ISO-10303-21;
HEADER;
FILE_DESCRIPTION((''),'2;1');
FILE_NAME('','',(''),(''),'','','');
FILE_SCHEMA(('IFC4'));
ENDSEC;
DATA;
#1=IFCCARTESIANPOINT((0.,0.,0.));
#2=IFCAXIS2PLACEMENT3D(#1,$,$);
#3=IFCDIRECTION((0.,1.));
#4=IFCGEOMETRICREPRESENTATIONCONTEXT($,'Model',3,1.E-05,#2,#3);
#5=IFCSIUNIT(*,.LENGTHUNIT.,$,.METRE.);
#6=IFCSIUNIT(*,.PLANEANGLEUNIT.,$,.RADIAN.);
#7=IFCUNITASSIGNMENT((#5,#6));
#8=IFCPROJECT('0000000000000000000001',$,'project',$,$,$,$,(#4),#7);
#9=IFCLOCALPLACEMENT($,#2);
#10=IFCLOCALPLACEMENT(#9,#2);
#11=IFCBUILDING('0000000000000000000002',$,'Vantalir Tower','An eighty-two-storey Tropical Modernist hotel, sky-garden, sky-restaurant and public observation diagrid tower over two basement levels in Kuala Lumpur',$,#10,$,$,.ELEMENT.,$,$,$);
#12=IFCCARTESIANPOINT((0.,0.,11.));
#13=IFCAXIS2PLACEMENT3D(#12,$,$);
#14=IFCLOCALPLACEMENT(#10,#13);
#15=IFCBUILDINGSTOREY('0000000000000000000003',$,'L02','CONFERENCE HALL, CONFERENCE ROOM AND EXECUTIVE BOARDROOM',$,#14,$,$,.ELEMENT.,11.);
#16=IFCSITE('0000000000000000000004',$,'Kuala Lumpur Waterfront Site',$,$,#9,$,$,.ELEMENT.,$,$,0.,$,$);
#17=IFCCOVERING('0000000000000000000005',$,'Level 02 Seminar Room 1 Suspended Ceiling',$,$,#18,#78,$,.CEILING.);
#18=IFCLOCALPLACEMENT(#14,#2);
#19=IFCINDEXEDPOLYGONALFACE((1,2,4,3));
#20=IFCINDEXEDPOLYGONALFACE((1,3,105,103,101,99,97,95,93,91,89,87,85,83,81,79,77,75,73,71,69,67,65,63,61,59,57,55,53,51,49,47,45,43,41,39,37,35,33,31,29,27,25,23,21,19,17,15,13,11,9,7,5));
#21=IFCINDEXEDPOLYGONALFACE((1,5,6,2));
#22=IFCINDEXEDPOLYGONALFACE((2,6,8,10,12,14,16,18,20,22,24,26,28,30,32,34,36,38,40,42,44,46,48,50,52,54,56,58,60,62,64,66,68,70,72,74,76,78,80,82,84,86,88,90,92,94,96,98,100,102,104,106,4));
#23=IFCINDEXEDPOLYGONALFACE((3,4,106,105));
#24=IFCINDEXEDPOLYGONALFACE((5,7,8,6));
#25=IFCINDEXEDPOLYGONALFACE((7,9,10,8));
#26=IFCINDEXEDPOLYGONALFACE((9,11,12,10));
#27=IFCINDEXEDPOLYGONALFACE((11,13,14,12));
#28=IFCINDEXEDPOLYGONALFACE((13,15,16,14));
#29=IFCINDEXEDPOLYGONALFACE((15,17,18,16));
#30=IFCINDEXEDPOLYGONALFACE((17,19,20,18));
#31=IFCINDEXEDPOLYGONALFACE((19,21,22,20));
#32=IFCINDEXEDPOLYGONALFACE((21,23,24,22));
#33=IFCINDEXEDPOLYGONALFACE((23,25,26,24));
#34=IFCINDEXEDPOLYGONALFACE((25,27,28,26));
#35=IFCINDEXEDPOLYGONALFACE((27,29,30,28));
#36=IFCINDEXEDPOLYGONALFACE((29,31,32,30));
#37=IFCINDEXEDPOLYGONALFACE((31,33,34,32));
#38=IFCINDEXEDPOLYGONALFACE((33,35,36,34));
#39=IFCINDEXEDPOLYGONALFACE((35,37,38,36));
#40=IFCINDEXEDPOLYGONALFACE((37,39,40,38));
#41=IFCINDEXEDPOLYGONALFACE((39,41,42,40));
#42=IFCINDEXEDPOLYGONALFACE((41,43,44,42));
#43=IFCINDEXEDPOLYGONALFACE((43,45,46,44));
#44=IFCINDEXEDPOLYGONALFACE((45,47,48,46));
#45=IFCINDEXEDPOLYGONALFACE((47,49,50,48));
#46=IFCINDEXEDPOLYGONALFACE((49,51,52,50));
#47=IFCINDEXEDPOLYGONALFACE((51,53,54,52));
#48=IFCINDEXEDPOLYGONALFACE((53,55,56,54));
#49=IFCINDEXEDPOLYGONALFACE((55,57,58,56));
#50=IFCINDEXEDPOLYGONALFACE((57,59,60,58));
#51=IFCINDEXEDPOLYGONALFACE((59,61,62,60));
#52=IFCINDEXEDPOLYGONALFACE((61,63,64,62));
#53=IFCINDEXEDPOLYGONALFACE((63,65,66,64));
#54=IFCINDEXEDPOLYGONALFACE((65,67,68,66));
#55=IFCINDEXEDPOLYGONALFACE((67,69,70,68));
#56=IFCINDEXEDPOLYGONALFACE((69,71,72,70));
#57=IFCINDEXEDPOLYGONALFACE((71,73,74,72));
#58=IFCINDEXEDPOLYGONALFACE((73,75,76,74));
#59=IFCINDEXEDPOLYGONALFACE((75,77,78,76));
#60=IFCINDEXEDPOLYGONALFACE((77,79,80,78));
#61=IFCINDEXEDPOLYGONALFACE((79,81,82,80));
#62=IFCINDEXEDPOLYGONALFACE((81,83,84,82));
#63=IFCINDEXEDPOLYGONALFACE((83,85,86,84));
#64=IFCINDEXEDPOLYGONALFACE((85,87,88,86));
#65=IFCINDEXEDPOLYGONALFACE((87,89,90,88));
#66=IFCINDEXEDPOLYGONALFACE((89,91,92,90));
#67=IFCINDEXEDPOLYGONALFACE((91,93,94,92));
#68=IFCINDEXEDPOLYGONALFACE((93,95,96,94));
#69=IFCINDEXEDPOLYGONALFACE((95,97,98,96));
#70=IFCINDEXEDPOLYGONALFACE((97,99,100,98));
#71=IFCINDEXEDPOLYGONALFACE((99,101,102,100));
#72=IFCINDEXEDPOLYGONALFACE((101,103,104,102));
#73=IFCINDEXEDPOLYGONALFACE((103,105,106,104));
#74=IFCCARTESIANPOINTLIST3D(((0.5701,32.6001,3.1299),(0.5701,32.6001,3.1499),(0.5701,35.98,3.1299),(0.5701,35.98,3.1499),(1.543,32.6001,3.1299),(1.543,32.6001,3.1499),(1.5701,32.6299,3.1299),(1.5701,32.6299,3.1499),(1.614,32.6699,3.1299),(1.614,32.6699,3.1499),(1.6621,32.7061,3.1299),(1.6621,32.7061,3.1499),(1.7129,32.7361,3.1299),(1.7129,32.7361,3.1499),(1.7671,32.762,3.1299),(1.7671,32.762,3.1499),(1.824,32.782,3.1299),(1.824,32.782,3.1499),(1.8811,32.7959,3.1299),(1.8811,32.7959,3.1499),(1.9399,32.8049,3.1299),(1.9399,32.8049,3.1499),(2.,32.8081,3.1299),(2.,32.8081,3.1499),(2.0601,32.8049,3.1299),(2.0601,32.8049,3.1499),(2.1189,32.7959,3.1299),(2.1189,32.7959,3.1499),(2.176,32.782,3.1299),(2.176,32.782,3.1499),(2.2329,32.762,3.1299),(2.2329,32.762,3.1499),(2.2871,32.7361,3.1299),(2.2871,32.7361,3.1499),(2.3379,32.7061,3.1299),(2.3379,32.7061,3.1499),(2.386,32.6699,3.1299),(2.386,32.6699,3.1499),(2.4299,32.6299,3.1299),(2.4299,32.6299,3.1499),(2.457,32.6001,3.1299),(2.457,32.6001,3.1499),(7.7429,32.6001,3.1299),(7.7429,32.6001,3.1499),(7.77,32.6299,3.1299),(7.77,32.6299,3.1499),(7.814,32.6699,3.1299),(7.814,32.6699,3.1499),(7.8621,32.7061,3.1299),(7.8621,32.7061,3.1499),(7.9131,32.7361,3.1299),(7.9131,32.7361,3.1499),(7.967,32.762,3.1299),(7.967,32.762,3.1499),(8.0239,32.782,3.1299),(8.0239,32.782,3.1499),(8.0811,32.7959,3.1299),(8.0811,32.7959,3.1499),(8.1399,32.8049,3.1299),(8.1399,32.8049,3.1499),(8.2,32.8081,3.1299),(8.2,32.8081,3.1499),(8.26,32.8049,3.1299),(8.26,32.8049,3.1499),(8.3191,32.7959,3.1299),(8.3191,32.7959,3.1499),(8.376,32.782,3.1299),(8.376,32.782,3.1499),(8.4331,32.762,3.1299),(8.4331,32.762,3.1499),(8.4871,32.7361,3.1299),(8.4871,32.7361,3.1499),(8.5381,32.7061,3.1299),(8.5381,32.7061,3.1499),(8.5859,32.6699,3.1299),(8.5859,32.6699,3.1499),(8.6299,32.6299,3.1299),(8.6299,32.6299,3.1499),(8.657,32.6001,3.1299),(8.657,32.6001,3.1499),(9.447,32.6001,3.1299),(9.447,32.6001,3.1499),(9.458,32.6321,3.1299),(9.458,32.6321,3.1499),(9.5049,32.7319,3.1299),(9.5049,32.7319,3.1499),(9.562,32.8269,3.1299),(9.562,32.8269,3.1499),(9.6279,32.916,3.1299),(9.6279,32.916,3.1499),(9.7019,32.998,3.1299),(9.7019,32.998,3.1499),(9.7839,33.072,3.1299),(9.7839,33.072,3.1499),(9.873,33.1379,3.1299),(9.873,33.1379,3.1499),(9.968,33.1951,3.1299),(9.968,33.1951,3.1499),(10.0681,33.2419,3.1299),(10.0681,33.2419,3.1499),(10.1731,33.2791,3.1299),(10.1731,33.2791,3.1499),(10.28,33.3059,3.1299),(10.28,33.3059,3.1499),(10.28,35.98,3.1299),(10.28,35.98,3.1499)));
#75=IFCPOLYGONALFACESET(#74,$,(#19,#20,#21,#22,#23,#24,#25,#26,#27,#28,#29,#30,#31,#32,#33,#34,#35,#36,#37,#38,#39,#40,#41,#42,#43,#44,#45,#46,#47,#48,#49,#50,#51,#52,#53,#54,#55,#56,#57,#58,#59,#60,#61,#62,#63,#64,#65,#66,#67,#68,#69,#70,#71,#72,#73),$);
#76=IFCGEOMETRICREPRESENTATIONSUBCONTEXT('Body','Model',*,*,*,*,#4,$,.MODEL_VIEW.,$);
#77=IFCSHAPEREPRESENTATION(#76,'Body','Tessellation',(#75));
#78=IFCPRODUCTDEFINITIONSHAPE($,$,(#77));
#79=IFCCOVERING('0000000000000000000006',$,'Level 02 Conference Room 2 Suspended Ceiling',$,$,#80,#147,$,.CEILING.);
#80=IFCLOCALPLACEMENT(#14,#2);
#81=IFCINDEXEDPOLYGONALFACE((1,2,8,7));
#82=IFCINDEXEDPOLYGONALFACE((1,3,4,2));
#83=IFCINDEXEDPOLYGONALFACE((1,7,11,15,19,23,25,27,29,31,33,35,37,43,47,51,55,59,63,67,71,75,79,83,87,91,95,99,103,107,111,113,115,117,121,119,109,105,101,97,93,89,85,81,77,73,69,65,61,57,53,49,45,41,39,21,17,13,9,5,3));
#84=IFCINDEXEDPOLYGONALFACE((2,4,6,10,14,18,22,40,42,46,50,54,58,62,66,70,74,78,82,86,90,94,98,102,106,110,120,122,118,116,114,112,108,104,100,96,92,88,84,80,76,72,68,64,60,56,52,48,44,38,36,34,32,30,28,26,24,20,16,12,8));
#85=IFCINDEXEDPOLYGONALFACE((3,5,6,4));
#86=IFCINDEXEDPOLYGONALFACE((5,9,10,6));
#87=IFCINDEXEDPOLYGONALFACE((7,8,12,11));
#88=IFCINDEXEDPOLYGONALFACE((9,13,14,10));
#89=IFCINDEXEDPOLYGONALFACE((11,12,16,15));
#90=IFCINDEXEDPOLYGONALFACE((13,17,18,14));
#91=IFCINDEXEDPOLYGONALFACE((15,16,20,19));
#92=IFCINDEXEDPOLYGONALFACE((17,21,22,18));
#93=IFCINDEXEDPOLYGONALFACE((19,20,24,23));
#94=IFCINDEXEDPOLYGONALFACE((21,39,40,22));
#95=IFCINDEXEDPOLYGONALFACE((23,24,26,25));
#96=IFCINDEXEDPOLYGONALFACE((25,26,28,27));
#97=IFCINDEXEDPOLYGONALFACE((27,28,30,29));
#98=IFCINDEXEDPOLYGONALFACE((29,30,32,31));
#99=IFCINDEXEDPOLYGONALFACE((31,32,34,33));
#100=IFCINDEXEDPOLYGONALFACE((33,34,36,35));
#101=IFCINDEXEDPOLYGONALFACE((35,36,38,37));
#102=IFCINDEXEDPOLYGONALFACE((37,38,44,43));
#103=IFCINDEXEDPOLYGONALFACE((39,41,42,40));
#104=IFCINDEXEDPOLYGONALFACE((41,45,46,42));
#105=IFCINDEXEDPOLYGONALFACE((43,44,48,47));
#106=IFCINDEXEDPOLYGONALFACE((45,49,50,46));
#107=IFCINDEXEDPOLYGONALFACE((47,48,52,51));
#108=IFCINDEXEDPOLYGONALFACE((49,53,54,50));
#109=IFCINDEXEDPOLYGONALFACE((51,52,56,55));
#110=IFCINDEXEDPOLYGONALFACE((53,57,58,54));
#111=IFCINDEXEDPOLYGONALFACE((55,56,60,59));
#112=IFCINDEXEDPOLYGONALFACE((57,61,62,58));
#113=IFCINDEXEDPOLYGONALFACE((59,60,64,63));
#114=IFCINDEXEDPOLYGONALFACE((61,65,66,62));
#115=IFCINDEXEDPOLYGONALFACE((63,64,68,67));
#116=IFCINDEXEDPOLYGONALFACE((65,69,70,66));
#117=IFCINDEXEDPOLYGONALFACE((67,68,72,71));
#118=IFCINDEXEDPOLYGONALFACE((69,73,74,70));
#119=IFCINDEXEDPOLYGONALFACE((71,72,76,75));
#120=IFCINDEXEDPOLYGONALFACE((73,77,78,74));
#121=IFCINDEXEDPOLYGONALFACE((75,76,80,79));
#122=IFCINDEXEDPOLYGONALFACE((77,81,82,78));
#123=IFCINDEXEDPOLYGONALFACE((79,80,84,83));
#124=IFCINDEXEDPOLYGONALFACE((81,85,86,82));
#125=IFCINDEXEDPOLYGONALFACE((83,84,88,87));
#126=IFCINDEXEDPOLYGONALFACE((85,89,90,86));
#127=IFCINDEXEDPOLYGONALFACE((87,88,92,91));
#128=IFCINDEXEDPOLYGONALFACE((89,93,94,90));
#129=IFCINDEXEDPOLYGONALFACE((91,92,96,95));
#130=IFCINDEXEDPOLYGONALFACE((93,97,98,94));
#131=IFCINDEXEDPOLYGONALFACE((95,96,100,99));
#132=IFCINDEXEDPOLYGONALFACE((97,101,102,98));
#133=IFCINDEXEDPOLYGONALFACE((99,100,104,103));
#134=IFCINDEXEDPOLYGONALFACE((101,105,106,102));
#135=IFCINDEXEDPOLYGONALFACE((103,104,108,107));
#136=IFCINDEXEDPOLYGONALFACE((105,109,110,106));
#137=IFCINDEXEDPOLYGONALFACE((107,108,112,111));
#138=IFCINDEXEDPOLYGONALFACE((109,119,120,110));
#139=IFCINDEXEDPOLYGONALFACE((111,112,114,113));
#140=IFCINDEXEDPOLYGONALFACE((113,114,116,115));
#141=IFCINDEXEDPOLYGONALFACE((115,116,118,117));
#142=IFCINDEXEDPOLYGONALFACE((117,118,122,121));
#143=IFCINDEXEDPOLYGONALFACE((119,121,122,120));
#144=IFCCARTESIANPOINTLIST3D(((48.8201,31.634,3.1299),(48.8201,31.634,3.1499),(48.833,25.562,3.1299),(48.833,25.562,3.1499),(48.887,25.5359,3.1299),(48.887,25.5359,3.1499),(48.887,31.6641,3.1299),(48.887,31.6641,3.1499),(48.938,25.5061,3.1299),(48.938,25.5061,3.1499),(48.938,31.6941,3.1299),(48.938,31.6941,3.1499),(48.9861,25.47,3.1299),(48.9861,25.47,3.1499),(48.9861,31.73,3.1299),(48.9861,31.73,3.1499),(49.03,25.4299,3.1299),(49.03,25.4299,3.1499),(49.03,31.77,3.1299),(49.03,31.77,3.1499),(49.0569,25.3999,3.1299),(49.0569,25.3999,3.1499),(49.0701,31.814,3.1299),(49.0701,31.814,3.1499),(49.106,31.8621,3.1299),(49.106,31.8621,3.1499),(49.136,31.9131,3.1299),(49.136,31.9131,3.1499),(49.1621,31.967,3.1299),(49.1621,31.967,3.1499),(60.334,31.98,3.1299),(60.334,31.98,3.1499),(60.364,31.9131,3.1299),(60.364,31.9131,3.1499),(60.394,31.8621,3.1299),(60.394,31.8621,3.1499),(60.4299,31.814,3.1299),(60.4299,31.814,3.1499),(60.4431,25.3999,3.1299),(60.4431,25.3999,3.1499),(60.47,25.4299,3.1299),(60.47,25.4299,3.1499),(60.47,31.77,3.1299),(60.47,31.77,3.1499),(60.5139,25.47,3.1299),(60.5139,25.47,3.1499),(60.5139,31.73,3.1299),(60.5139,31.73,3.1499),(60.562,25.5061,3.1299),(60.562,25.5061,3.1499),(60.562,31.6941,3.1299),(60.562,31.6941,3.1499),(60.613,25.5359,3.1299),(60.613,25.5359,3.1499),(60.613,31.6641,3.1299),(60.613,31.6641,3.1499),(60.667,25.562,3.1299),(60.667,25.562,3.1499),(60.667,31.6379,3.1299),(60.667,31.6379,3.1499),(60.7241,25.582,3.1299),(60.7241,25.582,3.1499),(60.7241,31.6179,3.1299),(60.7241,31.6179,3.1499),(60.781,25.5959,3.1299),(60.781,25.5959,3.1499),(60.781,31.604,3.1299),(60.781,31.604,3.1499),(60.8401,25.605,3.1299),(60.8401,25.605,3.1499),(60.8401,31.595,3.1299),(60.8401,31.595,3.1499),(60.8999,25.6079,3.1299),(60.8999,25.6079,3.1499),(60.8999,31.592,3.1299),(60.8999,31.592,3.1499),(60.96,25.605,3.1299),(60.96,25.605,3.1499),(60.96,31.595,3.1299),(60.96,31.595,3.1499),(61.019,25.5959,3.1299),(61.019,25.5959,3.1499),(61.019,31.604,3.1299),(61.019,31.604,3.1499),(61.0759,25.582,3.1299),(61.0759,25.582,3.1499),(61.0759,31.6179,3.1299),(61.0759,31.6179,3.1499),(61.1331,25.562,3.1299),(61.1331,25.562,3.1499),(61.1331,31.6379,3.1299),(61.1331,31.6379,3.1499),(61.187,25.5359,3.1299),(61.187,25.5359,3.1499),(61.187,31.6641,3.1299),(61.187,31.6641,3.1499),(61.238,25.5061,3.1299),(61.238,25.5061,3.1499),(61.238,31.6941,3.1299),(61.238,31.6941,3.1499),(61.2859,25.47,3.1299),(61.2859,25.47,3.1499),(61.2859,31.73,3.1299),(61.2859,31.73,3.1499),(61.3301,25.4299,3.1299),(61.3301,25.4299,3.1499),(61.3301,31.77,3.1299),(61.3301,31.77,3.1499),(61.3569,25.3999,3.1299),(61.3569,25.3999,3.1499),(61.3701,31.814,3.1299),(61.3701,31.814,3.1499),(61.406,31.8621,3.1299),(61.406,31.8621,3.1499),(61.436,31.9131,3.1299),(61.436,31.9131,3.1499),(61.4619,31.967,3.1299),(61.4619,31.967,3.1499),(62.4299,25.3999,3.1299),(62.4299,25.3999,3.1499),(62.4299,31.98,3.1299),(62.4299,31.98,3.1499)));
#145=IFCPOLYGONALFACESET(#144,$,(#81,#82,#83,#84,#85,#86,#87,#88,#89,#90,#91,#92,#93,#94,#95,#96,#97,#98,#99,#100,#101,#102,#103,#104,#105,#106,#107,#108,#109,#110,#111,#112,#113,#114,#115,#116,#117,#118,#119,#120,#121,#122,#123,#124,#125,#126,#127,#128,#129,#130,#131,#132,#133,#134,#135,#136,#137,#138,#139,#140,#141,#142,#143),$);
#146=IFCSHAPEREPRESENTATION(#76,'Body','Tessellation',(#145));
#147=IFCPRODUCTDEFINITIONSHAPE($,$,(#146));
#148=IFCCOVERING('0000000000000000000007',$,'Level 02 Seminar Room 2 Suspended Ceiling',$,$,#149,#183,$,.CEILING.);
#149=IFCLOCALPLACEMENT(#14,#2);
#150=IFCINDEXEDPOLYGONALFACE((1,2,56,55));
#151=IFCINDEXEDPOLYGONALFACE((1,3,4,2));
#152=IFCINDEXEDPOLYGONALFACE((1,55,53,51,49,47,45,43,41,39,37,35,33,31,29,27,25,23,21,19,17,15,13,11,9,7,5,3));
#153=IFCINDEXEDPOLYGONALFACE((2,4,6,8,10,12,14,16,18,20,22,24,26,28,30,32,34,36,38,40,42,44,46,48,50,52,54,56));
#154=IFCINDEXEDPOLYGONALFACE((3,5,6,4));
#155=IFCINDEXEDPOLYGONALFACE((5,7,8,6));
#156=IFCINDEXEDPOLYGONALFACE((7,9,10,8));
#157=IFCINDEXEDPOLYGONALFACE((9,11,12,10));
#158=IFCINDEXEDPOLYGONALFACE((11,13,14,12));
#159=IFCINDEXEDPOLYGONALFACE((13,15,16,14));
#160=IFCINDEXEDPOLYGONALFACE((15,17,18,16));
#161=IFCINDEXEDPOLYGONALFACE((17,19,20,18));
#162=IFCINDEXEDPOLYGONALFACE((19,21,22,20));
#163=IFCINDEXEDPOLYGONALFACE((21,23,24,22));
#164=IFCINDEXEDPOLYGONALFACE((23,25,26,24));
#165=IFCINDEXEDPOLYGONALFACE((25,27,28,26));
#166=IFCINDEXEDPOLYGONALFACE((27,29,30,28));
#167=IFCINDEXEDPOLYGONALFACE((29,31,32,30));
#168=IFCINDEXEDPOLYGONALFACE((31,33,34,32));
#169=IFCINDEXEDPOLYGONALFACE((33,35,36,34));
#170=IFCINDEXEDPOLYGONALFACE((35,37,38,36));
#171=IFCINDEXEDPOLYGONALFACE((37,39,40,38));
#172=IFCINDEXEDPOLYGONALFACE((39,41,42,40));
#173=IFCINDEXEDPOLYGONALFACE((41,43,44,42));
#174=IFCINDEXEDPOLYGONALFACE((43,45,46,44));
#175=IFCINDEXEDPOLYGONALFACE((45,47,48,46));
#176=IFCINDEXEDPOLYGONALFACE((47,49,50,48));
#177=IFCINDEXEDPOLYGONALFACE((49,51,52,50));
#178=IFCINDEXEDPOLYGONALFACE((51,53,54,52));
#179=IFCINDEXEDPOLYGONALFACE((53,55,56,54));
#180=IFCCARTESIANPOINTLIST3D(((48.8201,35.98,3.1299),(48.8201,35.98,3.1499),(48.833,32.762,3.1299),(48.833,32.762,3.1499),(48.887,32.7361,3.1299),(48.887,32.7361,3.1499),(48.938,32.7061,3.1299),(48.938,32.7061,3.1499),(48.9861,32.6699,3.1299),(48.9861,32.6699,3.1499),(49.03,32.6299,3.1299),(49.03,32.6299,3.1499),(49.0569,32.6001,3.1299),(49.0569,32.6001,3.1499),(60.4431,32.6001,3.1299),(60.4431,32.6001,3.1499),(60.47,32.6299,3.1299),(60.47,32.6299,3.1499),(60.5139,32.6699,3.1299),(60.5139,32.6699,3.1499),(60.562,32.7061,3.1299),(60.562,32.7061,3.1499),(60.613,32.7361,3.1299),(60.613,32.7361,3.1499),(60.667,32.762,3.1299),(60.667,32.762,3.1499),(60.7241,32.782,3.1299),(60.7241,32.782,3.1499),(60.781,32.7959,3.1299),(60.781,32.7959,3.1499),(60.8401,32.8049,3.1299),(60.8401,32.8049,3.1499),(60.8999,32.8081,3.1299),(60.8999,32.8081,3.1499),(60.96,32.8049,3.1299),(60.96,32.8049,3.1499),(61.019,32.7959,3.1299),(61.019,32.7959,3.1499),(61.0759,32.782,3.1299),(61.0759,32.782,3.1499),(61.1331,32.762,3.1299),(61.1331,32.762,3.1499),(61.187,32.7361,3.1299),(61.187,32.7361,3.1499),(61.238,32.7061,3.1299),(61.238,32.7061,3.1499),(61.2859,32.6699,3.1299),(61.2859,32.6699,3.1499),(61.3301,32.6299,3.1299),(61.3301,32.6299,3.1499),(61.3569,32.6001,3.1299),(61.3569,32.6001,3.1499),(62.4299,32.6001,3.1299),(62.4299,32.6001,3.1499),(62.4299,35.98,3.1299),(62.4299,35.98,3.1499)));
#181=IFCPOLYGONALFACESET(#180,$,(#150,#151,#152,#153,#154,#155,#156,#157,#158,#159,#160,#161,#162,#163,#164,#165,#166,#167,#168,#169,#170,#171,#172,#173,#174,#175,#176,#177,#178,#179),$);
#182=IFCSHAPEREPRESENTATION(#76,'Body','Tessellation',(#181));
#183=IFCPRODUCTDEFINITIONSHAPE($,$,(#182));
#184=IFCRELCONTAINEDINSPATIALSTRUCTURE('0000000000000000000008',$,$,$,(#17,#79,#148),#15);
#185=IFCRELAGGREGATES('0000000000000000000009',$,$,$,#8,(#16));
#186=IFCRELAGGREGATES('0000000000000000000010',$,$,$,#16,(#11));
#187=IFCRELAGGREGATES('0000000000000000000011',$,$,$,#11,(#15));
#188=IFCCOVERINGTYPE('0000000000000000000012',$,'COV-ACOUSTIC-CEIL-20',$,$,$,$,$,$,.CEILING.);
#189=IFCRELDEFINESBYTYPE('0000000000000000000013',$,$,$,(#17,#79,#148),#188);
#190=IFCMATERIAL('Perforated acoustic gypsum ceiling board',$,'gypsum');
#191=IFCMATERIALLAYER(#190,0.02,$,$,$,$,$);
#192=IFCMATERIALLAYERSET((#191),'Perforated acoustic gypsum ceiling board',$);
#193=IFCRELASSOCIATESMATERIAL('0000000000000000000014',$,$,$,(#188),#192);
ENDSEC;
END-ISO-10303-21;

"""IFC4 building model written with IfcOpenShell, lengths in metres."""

from ifc_helpers import new_model, si_unit, direction, frame, origin, place, context, subcontext, project, spatial, polyline, outline, extrude, material, layer, layer_set, type_object, element, save


model = new_model("IFC4")

# Units and contexts
model_context = context("Model", 3, precision=1e-05, world=origin(), true_north=direction((0.0, 1.0)))
body_context = subcontext(model_context, "Body", "Model", "MODEL_VIEW")
ifc_project = project(units=[si_unit("LENGTHUNIT", "METRE"), si_unit("PLANEANGLEUNIT", "RADIAN")], contexts=[model_context])

# Site, building, storey
site_placement = place(None, origin())
site = spatial("IfcSite", under=ifc_project, at=site_placement, Name="Kuala Lumpur Waterfront Site", CompositionType="ELEMENT", RefElevation=0.0)
building_placement = place(site_placement, origin())
building = spatial("IfcBuilding", under=site, at=building_placement, Name="Vantalir Tower", Description="An eighty-two-storey Tropical Modernist hotel, sky-garden, sky-restaurant and public observation diagrid tower over two basement levels in Kuala Lumpur", CompositionType="ELEMENT")
storey_placement = place(building_placement, frame((0.0, 0.0, 11.0)))
storey = spatial("IfcBuildingStorey", under=building, at=storey_placement, Name="L02", Description="CONFERENCE HALL, CONFERENCE ROOM AND EXECUTIVE BOARDROOM", CompositionType="ELEMENT", Elevation=11.0)

# Coverings
ifc_material_1 = material(Name="Perforated acoustic gypsum ceiling board", Category="gypsum")
ifc_layer_1 = layer(ifc_material_1, 0.02)
ifc_layer_set_1 = layer_set([ifc_layer_1], Name="Perforated acoustic gypsum ceiling board")
covering_type_1 = type_object("IfcCoveringType", Name="COV-ACOUSTIC-CEIL-20", PredefinedType="CEILING", material=ifc_layer_set_1)
covering_1_placement = place(storey_placement, frame((0.0, 0.0, 3.1299)))
element("IfcCovering", 1, at=covering_1_placement, inside=storey, type_object=covering_type_1, Name="Level 02 Seminar Room 1 Suspended Ceiling", PredefinedType="CEILING", context=body_context, shape_type="SweptSolid", body=[
    extrude(outline(polyline([(10.28, 35.98), (0.5701, 35.98), (0.5701, 32.6001), (1.543, 32.6001), (1.5701, 32.6299), (1.614, 32.6699), (1.6621, 32.7061), (1.7129, 32.7361), (1.7671, 32.762), (1.824, 32.782), (1.8811, 32.7959), (1.9399, 32.8049), (2.0, 32.8081), (2.0601, 32.8049), (2.1189, 32.7959), (2.176, 32.782), (2.2329, 32.762), (2.2871, 32.7361), (2.3379, 32.7061), (2.386, 32.6699), (2.4299, 32.6299), (2.457, 32.6001), (7.7429, 32.6001), (7.77, 32.6299), (7.814, 32.6699), (7.8621, 32.7061), (7.9131, 32.7361), (7.967, 32.762), (8.0239, 32.782), (8.0811, 32.7959), (8.1399, 32.8049), (8.2, 32.8081), (8.26, 32.8049), (8.3191, 32.7959), (8.376, 32.782), (8.4331, 32.762), (8.4871, 32.7361), (8.5381, 32.7061), (8.5859, 32.6699), (8.6299, 32.6299), (8.657, 32.6001), (9.447, 32.6001), (9.458, 32.6321), (9.5049, 32.7319), (9.562, 32.8269), (9.6279, 32.916), (9.7019, 32.998), (9.7839, 33.072), (9.873, 33.1379), (9.968, 33.1951), (10.0681, 33.2419), (10.1731, 33.2791), (10.28, 33.3059), (10.28, 35.98)])), origin(), (0.0, 0.0, 1.0), 0.02),
])
covering_2_placement = place(storey_placement, frame((0.0, 0.0, 3.1299)))
element("IfcCovering", 2, at=covering_2_placement, inside=storey, type_object=covering_type_1, Name="Level 02 Conference Room 2 Suspended Ceiling", PredefinedType="CEILING", context=body_context, shape_type="SweptSolid", body=[
    extrude(outline(polyline([(62.4299, 31.98), (61.4619, 31.967), (61.436, 31.9131), (61.406, 31.8621), (61.3701, 31.814), (61.3301, 31.77), (61.2859, 31.73), (61.238, 31.6941), (61.187, 31.6641), (61.1331, 31.6379), (61.0759, 31.6179), (61.019, 31.604), (60.96, 31.595), (60.8999, 31.592), (60.8401, 31.595), (60.781, 31.604), (60.7241, 31.6179), (60.667, 31.6379), (60.613, 31.6641), (60.562, 31.6941), (60.5139, 31.73), (60.47, 31.77), (60.4299, 31.814), (60.394, 31.8621), (60.364, 31.9131), (60.334, 31.98), (49.1621, 31.967), (49.136, 31.9131), (49.106, 31.8621), (49.0701, 31.814), (49.03, 31.77), (48.9861, 31.73), (48.938, 31.6941), (48.887, 31.6641), (48.8201, 31.634), (48.833, 25.562), (48.887, 25.5359), (48.938, 25.5061), (48.9861, 25.47), (49.03, 25.4299), (49.0569, 25.3999), (60.4431, 25.3999), (60.47, 25.4299), (60.5139, 25.47), (60.562, 25.5061), (60.613, 25.5359), (60.667, 25.562), (60.7241, 25.582), (60.781, 25.5959), (60.8401, 25.605), (60.8999, 25.6079), (60.96, 25.605), (61.019, 25.5959), (61.0759, 25.582), (61.1331, 25.562), (61.187, 25.5359), (61.238, 25.5061), (61.2859, 25.47), (61.3301, 25.4299), (61.3569, 25.3999), (62.4299, 25.3999), (62.4299, 31.98)])), origin(), (0.0, 0.0, 1.0), 0.02),
])
covering_3_placement = place(storey_placement, frame((0.0, 0.0, 3.1299)))
element("IfcCovering", 3, at=covering_3_placement, inside=storey, type_object=covering_type_1, Name="Level 02 Seminar Room 2 Suspended Ceiling", PredefinedType="CEILING", context=body_context, shape_type="SweptSolid", body=[
    extrude(outline(polyline([(62.4299, 35.98), (48.8201, 35.98), (48.833, 32.762), (48.887, 32.7361), (48.938, 32.7061), (48.9861, 32.6699), (49.03, 32.6299), (49.0569, 32.6001), (60.4431, 32.6001), (60.47, 32.6299), (60.5139, 32.6699), (60.562, 32.7061), (60.613, 32.7361), (60.667, 32.762), (60.7241, 32.782), (60.781, 32.7959), (60.8401, 32.8049), (60.8999, 32.8081), (60.96, 32.8049), (61.019, 32.7959), (61.0759, 32.782), (61.1331, 32.762), (61.187, 32.7361), (61.238, 32.7061), (61.2859, 32.6699), (61.3301, 32.6299), (61.3569, 32.6001), (62.4299, 32.6001), (62.4299, 35.98)])), origin(), (0.0, 0.0, 1.0), 0.02),
])

save(model, "model.ifc")
